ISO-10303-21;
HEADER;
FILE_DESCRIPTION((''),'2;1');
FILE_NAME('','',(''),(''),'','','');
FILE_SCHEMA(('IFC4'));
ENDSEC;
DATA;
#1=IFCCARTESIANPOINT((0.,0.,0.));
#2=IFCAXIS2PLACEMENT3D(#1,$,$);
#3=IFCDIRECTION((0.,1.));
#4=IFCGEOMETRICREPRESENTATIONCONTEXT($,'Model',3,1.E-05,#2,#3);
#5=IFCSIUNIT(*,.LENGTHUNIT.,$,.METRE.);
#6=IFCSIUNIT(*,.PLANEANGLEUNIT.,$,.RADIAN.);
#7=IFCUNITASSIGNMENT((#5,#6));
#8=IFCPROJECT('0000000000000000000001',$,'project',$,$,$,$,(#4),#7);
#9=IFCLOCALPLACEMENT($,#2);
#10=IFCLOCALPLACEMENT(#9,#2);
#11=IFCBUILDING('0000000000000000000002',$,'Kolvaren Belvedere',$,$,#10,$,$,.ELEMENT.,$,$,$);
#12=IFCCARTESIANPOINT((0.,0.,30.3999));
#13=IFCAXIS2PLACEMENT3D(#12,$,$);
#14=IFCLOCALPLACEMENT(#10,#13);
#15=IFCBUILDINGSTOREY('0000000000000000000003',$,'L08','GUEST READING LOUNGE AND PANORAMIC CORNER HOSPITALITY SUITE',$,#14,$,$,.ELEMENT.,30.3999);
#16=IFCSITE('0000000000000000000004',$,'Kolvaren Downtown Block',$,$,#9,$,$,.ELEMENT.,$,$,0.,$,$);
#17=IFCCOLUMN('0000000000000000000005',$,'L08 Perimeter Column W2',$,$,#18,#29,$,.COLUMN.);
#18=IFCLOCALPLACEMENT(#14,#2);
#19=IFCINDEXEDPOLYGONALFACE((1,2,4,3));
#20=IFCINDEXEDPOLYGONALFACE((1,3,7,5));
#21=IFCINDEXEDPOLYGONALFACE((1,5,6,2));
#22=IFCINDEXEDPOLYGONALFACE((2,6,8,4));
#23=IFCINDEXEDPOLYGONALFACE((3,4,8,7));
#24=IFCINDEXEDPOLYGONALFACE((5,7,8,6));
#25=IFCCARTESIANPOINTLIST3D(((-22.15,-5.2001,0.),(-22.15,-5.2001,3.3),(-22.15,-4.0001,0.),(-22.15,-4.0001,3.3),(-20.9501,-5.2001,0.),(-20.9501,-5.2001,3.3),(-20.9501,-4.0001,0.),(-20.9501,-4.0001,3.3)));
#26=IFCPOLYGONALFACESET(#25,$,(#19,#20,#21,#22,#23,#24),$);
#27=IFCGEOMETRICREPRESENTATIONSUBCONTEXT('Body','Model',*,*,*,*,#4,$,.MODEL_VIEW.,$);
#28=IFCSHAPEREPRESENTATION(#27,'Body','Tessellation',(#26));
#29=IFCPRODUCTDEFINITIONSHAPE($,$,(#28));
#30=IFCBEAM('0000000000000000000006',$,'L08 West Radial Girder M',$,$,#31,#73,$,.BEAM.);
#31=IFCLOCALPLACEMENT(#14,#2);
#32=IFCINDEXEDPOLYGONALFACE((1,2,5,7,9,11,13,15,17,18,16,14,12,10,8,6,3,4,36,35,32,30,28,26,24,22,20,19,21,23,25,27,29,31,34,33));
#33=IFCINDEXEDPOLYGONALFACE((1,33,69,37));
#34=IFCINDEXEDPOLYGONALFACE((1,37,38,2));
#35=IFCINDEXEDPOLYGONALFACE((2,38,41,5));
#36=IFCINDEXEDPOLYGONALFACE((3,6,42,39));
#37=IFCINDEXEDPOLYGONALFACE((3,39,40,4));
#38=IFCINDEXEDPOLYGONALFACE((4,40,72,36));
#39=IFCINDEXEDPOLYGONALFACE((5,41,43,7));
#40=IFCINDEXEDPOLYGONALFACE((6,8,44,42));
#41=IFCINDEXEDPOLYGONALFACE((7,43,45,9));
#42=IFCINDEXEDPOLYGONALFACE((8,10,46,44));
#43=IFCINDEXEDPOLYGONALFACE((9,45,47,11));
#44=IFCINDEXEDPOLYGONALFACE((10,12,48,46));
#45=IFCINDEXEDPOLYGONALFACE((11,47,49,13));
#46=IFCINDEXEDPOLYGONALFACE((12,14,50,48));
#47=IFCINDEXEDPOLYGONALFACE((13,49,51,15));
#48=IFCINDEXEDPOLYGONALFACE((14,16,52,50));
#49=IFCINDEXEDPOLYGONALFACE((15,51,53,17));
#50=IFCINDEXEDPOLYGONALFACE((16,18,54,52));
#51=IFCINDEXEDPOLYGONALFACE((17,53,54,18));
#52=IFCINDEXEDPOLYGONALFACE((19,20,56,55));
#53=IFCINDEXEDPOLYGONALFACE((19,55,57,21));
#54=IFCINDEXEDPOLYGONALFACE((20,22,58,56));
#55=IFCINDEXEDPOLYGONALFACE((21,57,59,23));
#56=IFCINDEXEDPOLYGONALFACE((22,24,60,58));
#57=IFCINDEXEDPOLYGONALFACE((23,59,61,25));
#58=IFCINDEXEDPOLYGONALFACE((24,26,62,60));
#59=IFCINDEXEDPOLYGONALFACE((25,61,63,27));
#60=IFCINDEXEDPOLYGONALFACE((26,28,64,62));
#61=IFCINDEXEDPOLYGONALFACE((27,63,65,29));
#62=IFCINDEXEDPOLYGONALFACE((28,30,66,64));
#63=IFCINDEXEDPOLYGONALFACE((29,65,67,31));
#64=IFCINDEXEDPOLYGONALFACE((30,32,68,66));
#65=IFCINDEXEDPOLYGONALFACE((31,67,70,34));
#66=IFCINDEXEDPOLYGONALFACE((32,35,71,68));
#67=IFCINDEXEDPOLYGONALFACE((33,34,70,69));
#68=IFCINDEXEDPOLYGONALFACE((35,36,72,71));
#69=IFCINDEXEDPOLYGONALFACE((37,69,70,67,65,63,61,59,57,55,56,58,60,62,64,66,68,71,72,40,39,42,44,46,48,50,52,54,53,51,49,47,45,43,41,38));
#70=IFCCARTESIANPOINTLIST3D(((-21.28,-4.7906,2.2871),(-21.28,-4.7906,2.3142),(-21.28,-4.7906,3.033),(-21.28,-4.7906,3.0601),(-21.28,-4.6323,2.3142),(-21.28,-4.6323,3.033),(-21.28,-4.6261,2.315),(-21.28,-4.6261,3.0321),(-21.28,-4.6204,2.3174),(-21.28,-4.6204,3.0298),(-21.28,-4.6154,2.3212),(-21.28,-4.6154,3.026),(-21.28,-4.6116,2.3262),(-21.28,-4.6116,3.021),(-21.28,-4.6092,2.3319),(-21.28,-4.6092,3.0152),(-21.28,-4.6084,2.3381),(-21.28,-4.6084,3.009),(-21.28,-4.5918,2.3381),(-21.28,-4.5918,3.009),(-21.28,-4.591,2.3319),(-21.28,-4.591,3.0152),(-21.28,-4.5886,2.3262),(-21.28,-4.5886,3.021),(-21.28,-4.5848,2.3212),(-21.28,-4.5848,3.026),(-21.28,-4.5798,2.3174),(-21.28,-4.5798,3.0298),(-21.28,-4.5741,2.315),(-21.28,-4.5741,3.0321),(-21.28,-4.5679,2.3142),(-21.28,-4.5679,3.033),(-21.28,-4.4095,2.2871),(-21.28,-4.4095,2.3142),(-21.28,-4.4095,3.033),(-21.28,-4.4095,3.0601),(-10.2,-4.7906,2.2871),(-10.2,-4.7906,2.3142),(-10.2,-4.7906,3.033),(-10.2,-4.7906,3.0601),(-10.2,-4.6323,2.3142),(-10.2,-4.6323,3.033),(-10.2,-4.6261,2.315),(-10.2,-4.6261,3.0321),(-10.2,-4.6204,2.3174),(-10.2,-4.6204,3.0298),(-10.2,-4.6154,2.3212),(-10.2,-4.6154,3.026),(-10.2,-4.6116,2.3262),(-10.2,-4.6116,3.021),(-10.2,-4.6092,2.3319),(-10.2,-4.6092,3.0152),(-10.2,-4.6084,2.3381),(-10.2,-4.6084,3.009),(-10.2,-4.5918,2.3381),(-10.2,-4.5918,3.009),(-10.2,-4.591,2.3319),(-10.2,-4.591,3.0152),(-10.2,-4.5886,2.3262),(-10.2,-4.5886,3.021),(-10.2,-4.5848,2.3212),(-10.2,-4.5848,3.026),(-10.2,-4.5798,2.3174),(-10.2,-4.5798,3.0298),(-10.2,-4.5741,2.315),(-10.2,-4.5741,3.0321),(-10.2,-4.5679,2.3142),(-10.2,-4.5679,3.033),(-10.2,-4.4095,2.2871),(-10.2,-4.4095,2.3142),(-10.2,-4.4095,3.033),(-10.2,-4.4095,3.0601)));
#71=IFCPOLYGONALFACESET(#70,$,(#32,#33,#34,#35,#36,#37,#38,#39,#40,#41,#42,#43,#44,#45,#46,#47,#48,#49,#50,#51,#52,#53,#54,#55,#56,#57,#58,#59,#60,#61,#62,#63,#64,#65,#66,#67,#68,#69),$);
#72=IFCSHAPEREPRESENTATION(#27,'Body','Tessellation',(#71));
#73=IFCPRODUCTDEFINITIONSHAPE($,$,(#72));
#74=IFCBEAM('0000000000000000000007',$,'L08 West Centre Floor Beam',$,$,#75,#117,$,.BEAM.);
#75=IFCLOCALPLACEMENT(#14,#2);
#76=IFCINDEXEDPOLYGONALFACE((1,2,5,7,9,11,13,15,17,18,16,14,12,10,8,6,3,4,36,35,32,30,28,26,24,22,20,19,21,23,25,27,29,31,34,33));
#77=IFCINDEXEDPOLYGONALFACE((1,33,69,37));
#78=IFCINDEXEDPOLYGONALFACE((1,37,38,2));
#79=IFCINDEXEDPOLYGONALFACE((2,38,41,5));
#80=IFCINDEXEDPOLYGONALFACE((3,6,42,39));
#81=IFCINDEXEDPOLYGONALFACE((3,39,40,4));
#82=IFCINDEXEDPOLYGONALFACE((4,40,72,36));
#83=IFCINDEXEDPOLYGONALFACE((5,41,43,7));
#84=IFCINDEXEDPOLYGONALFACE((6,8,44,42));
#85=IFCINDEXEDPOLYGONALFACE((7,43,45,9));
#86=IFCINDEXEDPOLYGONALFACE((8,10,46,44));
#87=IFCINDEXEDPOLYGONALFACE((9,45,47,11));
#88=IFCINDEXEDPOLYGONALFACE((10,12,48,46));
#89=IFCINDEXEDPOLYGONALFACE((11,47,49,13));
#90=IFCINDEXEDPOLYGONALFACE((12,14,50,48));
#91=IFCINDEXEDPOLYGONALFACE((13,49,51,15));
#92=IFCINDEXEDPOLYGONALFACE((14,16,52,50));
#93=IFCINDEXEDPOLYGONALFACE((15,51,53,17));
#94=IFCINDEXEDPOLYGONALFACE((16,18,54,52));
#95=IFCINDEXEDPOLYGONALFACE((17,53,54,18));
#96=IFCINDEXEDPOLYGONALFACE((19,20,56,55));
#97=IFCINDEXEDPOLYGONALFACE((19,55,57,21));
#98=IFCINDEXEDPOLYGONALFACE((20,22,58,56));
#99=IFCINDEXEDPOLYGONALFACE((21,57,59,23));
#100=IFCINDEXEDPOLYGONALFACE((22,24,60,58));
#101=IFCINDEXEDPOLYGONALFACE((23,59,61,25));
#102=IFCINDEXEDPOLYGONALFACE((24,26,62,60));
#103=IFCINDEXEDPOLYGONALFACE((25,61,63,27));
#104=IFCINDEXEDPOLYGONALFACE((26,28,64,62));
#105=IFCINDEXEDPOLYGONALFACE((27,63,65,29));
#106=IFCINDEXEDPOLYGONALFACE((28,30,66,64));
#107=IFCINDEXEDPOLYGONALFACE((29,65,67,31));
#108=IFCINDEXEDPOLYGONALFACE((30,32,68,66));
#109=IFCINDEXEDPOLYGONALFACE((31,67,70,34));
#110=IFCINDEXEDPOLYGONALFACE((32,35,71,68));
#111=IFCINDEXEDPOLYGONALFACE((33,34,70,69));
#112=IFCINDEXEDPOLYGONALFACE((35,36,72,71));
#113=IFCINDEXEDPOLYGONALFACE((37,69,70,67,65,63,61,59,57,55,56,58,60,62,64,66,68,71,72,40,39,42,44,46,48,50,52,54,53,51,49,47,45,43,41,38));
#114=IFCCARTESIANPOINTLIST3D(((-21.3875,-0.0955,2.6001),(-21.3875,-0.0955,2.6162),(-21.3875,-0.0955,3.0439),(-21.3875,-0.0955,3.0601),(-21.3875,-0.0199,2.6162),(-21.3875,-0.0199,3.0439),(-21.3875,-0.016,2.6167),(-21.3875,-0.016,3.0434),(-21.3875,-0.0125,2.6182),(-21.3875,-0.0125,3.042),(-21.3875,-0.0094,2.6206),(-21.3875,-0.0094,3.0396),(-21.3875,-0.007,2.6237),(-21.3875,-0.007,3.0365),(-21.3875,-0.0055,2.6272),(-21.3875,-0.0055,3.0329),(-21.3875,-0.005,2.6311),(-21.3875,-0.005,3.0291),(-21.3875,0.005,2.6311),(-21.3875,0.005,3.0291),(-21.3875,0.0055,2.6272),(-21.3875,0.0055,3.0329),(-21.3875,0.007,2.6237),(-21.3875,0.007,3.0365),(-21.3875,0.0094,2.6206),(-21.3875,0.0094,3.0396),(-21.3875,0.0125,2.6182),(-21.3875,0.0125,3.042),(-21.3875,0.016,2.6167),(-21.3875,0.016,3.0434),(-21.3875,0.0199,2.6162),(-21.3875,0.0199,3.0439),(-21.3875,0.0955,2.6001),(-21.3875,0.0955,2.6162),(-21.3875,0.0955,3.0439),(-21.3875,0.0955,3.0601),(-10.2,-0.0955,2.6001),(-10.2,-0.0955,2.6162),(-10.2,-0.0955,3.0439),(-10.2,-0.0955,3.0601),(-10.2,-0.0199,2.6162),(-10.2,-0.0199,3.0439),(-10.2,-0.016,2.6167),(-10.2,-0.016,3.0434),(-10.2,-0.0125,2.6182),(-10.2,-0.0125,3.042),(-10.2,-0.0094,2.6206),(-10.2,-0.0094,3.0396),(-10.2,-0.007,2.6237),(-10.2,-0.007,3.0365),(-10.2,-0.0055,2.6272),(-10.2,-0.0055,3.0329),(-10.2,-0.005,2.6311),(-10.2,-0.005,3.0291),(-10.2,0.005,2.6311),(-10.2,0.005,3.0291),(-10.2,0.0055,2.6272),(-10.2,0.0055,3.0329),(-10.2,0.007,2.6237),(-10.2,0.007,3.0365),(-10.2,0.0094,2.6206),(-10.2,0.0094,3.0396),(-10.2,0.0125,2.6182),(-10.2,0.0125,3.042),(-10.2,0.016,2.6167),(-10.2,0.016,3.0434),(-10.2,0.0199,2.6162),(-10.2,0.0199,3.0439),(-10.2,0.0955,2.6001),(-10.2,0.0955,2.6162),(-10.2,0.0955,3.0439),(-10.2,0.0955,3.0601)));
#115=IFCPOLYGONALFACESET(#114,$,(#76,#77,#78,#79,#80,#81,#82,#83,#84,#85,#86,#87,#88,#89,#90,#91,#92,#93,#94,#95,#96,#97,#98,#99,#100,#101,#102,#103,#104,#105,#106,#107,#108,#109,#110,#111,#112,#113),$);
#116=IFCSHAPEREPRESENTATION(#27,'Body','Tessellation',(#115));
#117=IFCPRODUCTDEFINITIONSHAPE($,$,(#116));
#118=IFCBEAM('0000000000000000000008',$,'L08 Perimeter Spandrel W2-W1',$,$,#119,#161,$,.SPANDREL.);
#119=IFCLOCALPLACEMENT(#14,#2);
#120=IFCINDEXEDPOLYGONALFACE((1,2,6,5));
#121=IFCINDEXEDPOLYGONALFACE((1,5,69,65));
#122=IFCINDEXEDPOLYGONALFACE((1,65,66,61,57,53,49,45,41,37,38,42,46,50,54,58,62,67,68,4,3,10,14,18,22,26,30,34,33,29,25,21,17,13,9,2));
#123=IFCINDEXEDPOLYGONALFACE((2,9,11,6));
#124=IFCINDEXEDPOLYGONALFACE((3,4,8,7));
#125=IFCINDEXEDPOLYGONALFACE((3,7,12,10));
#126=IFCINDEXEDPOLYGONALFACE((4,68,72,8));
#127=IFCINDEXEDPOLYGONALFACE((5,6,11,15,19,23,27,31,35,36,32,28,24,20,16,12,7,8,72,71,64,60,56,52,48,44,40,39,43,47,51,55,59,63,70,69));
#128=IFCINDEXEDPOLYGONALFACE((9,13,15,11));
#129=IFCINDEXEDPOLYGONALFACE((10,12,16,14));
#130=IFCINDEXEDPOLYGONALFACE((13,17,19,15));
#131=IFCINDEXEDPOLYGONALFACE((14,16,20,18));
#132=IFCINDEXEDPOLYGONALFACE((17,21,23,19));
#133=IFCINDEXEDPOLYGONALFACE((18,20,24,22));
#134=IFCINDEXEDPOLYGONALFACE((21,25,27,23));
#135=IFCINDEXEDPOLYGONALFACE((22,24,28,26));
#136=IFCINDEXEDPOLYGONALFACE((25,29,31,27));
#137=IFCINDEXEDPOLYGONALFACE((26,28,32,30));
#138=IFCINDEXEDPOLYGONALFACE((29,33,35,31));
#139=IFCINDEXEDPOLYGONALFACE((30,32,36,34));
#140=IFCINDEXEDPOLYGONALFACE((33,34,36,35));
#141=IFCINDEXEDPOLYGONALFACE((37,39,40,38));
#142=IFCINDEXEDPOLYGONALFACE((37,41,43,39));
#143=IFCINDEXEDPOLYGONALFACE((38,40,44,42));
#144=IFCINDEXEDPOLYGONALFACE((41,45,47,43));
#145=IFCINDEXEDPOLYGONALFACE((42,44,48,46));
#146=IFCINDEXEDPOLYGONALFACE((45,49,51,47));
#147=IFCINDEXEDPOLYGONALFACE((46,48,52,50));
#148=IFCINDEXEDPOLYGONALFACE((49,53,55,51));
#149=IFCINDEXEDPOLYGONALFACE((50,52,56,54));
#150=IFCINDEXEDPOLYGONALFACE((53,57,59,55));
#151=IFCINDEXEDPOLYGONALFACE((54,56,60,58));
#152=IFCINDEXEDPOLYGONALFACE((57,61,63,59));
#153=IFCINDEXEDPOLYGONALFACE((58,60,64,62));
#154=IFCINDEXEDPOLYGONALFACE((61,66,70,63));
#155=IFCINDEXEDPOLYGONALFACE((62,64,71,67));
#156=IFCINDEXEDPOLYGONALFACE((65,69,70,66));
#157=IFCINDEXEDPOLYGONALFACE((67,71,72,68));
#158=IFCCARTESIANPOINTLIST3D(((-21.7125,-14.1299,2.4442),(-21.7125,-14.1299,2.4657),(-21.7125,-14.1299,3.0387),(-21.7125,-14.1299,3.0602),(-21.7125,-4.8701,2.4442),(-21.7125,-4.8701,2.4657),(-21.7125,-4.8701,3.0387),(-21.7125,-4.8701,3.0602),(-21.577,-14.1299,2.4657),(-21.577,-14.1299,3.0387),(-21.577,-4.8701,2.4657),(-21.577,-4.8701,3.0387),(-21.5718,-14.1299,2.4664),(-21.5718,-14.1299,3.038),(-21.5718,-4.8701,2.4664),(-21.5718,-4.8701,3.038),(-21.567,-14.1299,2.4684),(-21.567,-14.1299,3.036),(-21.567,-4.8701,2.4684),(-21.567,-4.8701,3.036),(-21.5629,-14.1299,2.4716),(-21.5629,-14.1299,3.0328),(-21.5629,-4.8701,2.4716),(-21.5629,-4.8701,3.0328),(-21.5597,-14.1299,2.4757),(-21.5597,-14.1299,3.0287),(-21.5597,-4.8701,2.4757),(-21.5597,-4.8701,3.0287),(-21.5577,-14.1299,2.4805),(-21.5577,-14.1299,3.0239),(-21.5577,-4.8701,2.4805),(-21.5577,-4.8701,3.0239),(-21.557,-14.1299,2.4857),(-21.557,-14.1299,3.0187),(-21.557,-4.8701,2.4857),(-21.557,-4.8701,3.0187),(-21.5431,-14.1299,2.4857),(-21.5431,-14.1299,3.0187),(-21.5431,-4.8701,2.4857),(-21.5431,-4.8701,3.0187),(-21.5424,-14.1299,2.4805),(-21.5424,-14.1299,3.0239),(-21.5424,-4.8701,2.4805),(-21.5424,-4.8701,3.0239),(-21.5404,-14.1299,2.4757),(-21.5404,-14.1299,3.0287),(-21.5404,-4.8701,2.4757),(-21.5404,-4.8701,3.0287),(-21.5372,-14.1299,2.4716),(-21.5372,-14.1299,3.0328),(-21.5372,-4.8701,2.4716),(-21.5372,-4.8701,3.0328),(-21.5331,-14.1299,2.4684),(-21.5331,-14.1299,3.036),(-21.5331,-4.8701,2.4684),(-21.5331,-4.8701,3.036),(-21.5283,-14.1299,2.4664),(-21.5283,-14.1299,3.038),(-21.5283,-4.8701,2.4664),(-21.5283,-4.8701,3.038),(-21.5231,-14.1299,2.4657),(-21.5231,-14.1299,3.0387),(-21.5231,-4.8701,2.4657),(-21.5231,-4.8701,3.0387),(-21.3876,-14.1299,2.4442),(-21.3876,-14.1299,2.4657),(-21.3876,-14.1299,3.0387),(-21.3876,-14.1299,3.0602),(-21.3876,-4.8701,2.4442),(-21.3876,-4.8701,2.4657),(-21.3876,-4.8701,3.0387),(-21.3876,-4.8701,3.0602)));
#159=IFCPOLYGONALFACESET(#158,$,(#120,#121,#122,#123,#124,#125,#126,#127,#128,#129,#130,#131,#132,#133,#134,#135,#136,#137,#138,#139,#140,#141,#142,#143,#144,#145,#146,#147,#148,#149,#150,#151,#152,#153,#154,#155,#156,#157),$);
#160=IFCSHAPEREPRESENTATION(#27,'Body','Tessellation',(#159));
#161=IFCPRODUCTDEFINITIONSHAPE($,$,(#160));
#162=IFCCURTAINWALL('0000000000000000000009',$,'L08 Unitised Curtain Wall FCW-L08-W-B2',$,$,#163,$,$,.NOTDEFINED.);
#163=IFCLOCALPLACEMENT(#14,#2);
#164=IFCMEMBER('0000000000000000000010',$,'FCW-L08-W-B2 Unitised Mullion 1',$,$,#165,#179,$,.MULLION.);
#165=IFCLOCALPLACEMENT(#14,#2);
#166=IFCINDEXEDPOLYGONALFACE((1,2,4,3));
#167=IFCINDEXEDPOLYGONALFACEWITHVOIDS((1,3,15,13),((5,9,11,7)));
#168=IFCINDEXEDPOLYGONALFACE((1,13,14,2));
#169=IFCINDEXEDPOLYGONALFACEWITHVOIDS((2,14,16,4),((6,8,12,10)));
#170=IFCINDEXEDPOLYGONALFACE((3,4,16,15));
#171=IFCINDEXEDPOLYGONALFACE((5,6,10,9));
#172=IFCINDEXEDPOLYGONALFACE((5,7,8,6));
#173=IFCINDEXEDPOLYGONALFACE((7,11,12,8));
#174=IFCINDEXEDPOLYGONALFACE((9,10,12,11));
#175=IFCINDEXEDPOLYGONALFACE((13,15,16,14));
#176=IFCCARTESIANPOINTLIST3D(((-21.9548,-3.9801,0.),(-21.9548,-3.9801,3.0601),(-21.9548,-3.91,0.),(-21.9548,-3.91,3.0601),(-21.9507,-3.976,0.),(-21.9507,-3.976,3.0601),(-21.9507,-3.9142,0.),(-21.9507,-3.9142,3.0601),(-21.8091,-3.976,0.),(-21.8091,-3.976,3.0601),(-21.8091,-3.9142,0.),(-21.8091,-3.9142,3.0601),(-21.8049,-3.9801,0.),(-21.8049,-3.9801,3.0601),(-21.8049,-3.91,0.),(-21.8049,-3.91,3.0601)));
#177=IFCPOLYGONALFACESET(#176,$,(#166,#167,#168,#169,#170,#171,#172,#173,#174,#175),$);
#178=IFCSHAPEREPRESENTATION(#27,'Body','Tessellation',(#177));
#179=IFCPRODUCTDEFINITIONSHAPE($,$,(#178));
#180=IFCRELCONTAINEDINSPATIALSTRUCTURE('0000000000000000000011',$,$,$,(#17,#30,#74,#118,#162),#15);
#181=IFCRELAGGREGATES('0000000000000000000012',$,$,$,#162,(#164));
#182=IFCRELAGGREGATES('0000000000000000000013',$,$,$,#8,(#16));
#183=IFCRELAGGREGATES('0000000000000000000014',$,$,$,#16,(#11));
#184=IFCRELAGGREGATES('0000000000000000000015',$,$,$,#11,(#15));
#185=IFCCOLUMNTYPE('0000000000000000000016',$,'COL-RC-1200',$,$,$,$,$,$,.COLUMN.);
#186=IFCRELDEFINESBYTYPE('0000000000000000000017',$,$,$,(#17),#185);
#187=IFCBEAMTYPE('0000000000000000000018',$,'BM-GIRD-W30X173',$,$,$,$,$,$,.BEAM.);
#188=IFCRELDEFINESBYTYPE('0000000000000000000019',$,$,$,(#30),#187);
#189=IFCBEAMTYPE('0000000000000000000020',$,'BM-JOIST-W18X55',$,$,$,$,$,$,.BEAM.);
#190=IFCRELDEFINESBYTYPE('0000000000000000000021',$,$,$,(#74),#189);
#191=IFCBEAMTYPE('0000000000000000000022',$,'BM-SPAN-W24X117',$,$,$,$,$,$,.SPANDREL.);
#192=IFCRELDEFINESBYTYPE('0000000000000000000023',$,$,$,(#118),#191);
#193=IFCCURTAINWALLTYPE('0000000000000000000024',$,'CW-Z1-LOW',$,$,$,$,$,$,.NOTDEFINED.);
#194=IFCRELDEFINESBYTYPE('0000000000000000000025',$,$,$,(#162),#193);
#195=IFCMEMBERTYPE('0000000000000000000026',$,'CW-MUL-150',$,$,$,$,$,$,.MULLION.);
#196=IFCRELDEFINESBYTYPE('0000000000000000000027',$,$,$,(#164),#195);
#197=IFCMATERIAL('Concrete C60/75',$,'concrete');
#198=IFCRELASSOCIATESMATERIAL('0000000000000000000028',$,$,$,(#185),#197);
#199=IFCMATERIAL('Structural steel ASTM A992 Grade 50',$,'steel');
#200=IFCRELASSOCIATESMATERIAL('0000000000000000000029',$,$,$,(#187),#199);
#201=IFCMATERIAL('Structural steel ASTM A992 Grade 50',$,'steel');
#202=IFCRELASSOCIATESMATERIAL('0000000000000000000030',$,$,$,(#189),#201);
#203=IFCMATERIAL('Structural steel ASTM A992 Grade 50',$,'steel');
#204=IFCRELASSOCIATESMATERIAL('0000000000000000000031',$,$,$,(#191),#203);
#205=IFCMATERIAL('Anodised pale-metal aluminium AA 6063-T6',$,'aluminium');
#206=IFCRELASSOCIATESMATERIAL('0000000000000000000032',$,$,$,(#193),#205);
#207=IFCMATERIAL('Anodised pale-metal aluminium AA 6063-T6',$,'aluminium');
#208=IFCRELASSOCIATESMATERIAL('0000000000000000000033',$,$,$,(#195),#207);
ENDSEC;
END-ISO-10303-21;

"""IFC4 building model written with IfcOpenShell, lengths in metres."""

from ifc_helpers import new_model, si_unit, direction, frame, origin, origin_2d, place, context, subcontext, project, spatial, rectangle, hollow_rectangle, i_section, extrude, material, material_profile, profile_set, type_object, element, aggregate, save


model = new_model("IFC4")

# Units and contexts
model_context = context("Model", 3, precision=1e-05, world=origin(), true_north=direction((0.0, 1.0)))
body_context = subcontext(model_context, "Body", "Model", "MODEL_VIEW")
ifc_project = project(units=[si_unit("LENGTHUNIT", "METRE"), si_unit("PLANEANGLEUNIT", "RADIAN")], contexts=[model_context])

# Site, building, storey
site_placement = place(None, origin())
site = spatial("IfcSite", under=ifc_project, at=site_placement, Name="Kolvaren Downtown Block", CompositionType="ELEMENT", RefElevation=0.0)
building_placement = place(site_placement, origin())
building = spatial("IfcBuilding", under=site, at=building_placement, Name="Kolvaren Belvedere", CompositionType="ELEMENT")
storey_placement = place(building_placement, frame((0.0, 0.0, 30.3999)))
storey = spatial("IfcBuildingStorey", under=building, at=storey_placement, Name="L08", Description="GUEST READING LOUNGE AND PANORAMIC CORNER HOSPITALITY SUITE", CompositionType="ELEMENT", Elevation=30.3999)

# Column
ifc_material_1 = material(Name="Concrete C60/75", Category="concrete")
ifc_material_profile_1 = material_profile(ifc_material_1, rectangle(XDim=1.2, YDim=1.2, at=origin_2d()), Name="RC 1200X1200")
ifc_profile_set_1 = profile_set([ifc_material_profile_1], Name="Concrete C60/75")
column_type = type_object("IfcColumnType", Name="COL-RC-1200", PredefinedType="COLUMN", material=ifc_profile_set_1)
column_placement = place(storey_placement, frame((-21.55, -4.6001, 0.0), z_axis=(0.0, 0.0, 1.0), x_axis=(1.0, 0.0, 0.0)))
element("IfcColumn", 1, at=column_placement, inside=storey, type_object=column_type, Name="L08 Perimeter Column W2", PredefinedType="COLUMN", context=body_context, shape_type="SweptSolid", body=[
    extrude(rectangle(XDim=1.2, YDim=1.2, at=origin_2d()), origin(), (0.0, 0.0, 1.0), 3.3),
])

# Beams
ifc_material_2 = material(Name="Structural steel ASTM A992 Grade 50", Category="steel")
ifc_material_profile_2 = material_profile(ifc_material_2, i_section(OverallWidth=0.3811, OverallDepth=0.7729, WebThickness=0.0166, FlangeThickness=0.0271, FilletRadius=0.0239, at=origin_2d()), Name="W30X173")
ifc_profile_set_2 = profile_set([ifc_material_profile_2], Name="Structural steel ASTM A992 Grade 50")
beam_type_1 = type_object("IfcBeamType", Name="BM-GIRD-W30X173", PredefinedType="BEAM", material=ifc_profile_set_2)
beam_1_placement = place(storey_placement, frame((-10.2, -4.6001, 2.6736), z_axis=(-1.0, 0.0, 0.0), x_axis=(0.0, -1.0, 0.0)))
element("IfcBeam", 2, at=beam_1_placement, inside=storey, type_object=beam_type_1, Name="L08 West Radial Girder M", PredefinedType="BEAM", context=body_context, shape_type="SweptSolid", body=[
    extrude(i_section(OverallWidth=0.3811, OverallDepth=0.7729, WebThickness=0.0166, FlangeThickness=0.0271, FilletRadius=0.0239, at=origin_2d()), origin(), (0.0, 0.0, 1.0), 11.0801),
])
ifc_material_3 = material(Name="Structural steel ASTM A992 Grade 50", Category="steel")
ifc_material_profile_3 = material_profile(ifc_material_3, i_section(OverallWidth=0.1909, OverallDepth=0.46, WebThickness=0.01, FlangeThickness=0.0161, FilletRadius=0.0149, at=origin_2d()), Name="W18X55")
ifc_profile_set_3 = profile_set([ifc_material_profile_3], Name="Structural steel ASTM A992 Grade 50")
beam_type_2 = type_object("IfcBeamType", Name="BM-JOIST-W18X55", PredefinedType="BEAM", material=ifc_profile_set_3)
beam_2_placement = place(storey_placement, frame((-10.2, 0.0, 2.8301), z_axis=(-1.0, 0.0, 0.0), x_axis=(0.0, -1.0, 0.0)))
element("IfcBeam", 3, at=beam_2_placement, inside=storey, type_object=beam_type_2, Name="L08 West Centre Floor Beam", PredefinedType="BEAM", context=body_context, shape_type="SweptSolid", body=[
    extrude(i_section(OverallWidth=0.1909, OverallDepth=0.46, WebThickness=0.01, FlangeThickness=0.0161, FilletRadius=0.0149, at=origin_2d()), origin(), (0.0, 0.0, 1.0), 11.1875),
])
ifc_material_4 = material(Name="Structural steel ASTM A992 Grade 50", Category="steel")
ifc_material_profile_4 = material_profile(ifc_material_4, i_section(OverallWidth=0.325, OverallDepth=0.616, WebThickness=0.0139, FlangeThickness=0.0215, FilletRadius=0.02, at=origin_2d()), Name="W24X117")
ifc_profile_set_4 = profile_set([ifc_material_profile_4], Name="Structural steel ASTM A992 Grade 50")
beam_type_3 = type_object("IfcBeamType", Name="BM-SPAN-W24X117", PredefinedType="SPANDREL", material=ifc_profile_set_4)
beam_3_placement = place(storey_placement, frame((-21.55, -4.8701, 2.7522), z_axis=(0.0, -1.0, 0.0), x_axis=(1.0, 0.0, 0.0)))
element("IfcBeam", 4, at=beam_3_placement, inside=storey, type_object=beam_type_3, Name="L08 Perimeter Spandrel W2-W1", PredefinedType="SPANDREL", context=body_context, shape_type="SweptSolid", body=[
    extrude(i_section(OverallWidth=0.325, OverallDepth=0.616, WebThickness=0.0139, FlangeThickness=0.0215, FilletRadius=0.02, at=origin_2d()), origin(), (0.0, 0.0, 1.0), 9.2598),
])

# Curtain wall, member
ifc_material_5 = material(Name="Anodised pale-metal aluminium AA 6063-T6", Category="aluminium")
curtain_wall_type = type_object("IfcCurtainWallType", Name="CW-Z1-LOW", PredefinedType="NOTDEFINED", material=ifc_material_5)
curtain_wall_placement = place(storey_placement, origin())
curtain_wall = element("IfcCurtainWall", 5, at=curtain_wall_placement, inside=storey, type_object=curtain_wall_type, Name="L08 Unitised Curtain Wall FCW-L08-W-B2", PredefinedType="NOTDEFINED")
ifc_material_6 = material(Name="Anodised pale-metal aluminium AA 6063-T6", Category="aluminium")
ifc_material_profile_5 = material_profile(ifc_material_6, hollow_rectangle(XDim=0.0701, YDim=0.1499, WallThickness=0.0042, at=origin_2d()), Name="ALU-MUL-150X70")
ifc_profile_set_5 = profile_set([ifc_material_profile_5], Name="Anodised pale-metal aluminium AA 6063-T6")
member_type_1 = type_object("IfcMemberType", Name="CW-MUL-150", PredefinedType="MULLION", material=ifc_profile_set_5)
member_1_placement = place(storey_placement, frame((-21.8799, -3.9451, 0.0), z_axis=(0.0, 0.0, 1.0), x_axis=(0.0, 1.0, 0.0)))
member_1 = element("IfcMember", 6, at=member_1_placement, type_object=member_type_1, Name="FCW-L08-W-B2 Unitised Mullion 1", PredefinedType="MULLION", context=body_context, shape_type="SweptSolid", body=[
    extrude(hollow_rectangle(XDim=0.0701, YDim=0.1499, WallThickness=0.0042, at=origin_2d()), origin(), (0.0, 0.0, 1.0), 3.0601),
])
aggregate(curtain_wall, [member_1])

save(model, "model.ifc")
